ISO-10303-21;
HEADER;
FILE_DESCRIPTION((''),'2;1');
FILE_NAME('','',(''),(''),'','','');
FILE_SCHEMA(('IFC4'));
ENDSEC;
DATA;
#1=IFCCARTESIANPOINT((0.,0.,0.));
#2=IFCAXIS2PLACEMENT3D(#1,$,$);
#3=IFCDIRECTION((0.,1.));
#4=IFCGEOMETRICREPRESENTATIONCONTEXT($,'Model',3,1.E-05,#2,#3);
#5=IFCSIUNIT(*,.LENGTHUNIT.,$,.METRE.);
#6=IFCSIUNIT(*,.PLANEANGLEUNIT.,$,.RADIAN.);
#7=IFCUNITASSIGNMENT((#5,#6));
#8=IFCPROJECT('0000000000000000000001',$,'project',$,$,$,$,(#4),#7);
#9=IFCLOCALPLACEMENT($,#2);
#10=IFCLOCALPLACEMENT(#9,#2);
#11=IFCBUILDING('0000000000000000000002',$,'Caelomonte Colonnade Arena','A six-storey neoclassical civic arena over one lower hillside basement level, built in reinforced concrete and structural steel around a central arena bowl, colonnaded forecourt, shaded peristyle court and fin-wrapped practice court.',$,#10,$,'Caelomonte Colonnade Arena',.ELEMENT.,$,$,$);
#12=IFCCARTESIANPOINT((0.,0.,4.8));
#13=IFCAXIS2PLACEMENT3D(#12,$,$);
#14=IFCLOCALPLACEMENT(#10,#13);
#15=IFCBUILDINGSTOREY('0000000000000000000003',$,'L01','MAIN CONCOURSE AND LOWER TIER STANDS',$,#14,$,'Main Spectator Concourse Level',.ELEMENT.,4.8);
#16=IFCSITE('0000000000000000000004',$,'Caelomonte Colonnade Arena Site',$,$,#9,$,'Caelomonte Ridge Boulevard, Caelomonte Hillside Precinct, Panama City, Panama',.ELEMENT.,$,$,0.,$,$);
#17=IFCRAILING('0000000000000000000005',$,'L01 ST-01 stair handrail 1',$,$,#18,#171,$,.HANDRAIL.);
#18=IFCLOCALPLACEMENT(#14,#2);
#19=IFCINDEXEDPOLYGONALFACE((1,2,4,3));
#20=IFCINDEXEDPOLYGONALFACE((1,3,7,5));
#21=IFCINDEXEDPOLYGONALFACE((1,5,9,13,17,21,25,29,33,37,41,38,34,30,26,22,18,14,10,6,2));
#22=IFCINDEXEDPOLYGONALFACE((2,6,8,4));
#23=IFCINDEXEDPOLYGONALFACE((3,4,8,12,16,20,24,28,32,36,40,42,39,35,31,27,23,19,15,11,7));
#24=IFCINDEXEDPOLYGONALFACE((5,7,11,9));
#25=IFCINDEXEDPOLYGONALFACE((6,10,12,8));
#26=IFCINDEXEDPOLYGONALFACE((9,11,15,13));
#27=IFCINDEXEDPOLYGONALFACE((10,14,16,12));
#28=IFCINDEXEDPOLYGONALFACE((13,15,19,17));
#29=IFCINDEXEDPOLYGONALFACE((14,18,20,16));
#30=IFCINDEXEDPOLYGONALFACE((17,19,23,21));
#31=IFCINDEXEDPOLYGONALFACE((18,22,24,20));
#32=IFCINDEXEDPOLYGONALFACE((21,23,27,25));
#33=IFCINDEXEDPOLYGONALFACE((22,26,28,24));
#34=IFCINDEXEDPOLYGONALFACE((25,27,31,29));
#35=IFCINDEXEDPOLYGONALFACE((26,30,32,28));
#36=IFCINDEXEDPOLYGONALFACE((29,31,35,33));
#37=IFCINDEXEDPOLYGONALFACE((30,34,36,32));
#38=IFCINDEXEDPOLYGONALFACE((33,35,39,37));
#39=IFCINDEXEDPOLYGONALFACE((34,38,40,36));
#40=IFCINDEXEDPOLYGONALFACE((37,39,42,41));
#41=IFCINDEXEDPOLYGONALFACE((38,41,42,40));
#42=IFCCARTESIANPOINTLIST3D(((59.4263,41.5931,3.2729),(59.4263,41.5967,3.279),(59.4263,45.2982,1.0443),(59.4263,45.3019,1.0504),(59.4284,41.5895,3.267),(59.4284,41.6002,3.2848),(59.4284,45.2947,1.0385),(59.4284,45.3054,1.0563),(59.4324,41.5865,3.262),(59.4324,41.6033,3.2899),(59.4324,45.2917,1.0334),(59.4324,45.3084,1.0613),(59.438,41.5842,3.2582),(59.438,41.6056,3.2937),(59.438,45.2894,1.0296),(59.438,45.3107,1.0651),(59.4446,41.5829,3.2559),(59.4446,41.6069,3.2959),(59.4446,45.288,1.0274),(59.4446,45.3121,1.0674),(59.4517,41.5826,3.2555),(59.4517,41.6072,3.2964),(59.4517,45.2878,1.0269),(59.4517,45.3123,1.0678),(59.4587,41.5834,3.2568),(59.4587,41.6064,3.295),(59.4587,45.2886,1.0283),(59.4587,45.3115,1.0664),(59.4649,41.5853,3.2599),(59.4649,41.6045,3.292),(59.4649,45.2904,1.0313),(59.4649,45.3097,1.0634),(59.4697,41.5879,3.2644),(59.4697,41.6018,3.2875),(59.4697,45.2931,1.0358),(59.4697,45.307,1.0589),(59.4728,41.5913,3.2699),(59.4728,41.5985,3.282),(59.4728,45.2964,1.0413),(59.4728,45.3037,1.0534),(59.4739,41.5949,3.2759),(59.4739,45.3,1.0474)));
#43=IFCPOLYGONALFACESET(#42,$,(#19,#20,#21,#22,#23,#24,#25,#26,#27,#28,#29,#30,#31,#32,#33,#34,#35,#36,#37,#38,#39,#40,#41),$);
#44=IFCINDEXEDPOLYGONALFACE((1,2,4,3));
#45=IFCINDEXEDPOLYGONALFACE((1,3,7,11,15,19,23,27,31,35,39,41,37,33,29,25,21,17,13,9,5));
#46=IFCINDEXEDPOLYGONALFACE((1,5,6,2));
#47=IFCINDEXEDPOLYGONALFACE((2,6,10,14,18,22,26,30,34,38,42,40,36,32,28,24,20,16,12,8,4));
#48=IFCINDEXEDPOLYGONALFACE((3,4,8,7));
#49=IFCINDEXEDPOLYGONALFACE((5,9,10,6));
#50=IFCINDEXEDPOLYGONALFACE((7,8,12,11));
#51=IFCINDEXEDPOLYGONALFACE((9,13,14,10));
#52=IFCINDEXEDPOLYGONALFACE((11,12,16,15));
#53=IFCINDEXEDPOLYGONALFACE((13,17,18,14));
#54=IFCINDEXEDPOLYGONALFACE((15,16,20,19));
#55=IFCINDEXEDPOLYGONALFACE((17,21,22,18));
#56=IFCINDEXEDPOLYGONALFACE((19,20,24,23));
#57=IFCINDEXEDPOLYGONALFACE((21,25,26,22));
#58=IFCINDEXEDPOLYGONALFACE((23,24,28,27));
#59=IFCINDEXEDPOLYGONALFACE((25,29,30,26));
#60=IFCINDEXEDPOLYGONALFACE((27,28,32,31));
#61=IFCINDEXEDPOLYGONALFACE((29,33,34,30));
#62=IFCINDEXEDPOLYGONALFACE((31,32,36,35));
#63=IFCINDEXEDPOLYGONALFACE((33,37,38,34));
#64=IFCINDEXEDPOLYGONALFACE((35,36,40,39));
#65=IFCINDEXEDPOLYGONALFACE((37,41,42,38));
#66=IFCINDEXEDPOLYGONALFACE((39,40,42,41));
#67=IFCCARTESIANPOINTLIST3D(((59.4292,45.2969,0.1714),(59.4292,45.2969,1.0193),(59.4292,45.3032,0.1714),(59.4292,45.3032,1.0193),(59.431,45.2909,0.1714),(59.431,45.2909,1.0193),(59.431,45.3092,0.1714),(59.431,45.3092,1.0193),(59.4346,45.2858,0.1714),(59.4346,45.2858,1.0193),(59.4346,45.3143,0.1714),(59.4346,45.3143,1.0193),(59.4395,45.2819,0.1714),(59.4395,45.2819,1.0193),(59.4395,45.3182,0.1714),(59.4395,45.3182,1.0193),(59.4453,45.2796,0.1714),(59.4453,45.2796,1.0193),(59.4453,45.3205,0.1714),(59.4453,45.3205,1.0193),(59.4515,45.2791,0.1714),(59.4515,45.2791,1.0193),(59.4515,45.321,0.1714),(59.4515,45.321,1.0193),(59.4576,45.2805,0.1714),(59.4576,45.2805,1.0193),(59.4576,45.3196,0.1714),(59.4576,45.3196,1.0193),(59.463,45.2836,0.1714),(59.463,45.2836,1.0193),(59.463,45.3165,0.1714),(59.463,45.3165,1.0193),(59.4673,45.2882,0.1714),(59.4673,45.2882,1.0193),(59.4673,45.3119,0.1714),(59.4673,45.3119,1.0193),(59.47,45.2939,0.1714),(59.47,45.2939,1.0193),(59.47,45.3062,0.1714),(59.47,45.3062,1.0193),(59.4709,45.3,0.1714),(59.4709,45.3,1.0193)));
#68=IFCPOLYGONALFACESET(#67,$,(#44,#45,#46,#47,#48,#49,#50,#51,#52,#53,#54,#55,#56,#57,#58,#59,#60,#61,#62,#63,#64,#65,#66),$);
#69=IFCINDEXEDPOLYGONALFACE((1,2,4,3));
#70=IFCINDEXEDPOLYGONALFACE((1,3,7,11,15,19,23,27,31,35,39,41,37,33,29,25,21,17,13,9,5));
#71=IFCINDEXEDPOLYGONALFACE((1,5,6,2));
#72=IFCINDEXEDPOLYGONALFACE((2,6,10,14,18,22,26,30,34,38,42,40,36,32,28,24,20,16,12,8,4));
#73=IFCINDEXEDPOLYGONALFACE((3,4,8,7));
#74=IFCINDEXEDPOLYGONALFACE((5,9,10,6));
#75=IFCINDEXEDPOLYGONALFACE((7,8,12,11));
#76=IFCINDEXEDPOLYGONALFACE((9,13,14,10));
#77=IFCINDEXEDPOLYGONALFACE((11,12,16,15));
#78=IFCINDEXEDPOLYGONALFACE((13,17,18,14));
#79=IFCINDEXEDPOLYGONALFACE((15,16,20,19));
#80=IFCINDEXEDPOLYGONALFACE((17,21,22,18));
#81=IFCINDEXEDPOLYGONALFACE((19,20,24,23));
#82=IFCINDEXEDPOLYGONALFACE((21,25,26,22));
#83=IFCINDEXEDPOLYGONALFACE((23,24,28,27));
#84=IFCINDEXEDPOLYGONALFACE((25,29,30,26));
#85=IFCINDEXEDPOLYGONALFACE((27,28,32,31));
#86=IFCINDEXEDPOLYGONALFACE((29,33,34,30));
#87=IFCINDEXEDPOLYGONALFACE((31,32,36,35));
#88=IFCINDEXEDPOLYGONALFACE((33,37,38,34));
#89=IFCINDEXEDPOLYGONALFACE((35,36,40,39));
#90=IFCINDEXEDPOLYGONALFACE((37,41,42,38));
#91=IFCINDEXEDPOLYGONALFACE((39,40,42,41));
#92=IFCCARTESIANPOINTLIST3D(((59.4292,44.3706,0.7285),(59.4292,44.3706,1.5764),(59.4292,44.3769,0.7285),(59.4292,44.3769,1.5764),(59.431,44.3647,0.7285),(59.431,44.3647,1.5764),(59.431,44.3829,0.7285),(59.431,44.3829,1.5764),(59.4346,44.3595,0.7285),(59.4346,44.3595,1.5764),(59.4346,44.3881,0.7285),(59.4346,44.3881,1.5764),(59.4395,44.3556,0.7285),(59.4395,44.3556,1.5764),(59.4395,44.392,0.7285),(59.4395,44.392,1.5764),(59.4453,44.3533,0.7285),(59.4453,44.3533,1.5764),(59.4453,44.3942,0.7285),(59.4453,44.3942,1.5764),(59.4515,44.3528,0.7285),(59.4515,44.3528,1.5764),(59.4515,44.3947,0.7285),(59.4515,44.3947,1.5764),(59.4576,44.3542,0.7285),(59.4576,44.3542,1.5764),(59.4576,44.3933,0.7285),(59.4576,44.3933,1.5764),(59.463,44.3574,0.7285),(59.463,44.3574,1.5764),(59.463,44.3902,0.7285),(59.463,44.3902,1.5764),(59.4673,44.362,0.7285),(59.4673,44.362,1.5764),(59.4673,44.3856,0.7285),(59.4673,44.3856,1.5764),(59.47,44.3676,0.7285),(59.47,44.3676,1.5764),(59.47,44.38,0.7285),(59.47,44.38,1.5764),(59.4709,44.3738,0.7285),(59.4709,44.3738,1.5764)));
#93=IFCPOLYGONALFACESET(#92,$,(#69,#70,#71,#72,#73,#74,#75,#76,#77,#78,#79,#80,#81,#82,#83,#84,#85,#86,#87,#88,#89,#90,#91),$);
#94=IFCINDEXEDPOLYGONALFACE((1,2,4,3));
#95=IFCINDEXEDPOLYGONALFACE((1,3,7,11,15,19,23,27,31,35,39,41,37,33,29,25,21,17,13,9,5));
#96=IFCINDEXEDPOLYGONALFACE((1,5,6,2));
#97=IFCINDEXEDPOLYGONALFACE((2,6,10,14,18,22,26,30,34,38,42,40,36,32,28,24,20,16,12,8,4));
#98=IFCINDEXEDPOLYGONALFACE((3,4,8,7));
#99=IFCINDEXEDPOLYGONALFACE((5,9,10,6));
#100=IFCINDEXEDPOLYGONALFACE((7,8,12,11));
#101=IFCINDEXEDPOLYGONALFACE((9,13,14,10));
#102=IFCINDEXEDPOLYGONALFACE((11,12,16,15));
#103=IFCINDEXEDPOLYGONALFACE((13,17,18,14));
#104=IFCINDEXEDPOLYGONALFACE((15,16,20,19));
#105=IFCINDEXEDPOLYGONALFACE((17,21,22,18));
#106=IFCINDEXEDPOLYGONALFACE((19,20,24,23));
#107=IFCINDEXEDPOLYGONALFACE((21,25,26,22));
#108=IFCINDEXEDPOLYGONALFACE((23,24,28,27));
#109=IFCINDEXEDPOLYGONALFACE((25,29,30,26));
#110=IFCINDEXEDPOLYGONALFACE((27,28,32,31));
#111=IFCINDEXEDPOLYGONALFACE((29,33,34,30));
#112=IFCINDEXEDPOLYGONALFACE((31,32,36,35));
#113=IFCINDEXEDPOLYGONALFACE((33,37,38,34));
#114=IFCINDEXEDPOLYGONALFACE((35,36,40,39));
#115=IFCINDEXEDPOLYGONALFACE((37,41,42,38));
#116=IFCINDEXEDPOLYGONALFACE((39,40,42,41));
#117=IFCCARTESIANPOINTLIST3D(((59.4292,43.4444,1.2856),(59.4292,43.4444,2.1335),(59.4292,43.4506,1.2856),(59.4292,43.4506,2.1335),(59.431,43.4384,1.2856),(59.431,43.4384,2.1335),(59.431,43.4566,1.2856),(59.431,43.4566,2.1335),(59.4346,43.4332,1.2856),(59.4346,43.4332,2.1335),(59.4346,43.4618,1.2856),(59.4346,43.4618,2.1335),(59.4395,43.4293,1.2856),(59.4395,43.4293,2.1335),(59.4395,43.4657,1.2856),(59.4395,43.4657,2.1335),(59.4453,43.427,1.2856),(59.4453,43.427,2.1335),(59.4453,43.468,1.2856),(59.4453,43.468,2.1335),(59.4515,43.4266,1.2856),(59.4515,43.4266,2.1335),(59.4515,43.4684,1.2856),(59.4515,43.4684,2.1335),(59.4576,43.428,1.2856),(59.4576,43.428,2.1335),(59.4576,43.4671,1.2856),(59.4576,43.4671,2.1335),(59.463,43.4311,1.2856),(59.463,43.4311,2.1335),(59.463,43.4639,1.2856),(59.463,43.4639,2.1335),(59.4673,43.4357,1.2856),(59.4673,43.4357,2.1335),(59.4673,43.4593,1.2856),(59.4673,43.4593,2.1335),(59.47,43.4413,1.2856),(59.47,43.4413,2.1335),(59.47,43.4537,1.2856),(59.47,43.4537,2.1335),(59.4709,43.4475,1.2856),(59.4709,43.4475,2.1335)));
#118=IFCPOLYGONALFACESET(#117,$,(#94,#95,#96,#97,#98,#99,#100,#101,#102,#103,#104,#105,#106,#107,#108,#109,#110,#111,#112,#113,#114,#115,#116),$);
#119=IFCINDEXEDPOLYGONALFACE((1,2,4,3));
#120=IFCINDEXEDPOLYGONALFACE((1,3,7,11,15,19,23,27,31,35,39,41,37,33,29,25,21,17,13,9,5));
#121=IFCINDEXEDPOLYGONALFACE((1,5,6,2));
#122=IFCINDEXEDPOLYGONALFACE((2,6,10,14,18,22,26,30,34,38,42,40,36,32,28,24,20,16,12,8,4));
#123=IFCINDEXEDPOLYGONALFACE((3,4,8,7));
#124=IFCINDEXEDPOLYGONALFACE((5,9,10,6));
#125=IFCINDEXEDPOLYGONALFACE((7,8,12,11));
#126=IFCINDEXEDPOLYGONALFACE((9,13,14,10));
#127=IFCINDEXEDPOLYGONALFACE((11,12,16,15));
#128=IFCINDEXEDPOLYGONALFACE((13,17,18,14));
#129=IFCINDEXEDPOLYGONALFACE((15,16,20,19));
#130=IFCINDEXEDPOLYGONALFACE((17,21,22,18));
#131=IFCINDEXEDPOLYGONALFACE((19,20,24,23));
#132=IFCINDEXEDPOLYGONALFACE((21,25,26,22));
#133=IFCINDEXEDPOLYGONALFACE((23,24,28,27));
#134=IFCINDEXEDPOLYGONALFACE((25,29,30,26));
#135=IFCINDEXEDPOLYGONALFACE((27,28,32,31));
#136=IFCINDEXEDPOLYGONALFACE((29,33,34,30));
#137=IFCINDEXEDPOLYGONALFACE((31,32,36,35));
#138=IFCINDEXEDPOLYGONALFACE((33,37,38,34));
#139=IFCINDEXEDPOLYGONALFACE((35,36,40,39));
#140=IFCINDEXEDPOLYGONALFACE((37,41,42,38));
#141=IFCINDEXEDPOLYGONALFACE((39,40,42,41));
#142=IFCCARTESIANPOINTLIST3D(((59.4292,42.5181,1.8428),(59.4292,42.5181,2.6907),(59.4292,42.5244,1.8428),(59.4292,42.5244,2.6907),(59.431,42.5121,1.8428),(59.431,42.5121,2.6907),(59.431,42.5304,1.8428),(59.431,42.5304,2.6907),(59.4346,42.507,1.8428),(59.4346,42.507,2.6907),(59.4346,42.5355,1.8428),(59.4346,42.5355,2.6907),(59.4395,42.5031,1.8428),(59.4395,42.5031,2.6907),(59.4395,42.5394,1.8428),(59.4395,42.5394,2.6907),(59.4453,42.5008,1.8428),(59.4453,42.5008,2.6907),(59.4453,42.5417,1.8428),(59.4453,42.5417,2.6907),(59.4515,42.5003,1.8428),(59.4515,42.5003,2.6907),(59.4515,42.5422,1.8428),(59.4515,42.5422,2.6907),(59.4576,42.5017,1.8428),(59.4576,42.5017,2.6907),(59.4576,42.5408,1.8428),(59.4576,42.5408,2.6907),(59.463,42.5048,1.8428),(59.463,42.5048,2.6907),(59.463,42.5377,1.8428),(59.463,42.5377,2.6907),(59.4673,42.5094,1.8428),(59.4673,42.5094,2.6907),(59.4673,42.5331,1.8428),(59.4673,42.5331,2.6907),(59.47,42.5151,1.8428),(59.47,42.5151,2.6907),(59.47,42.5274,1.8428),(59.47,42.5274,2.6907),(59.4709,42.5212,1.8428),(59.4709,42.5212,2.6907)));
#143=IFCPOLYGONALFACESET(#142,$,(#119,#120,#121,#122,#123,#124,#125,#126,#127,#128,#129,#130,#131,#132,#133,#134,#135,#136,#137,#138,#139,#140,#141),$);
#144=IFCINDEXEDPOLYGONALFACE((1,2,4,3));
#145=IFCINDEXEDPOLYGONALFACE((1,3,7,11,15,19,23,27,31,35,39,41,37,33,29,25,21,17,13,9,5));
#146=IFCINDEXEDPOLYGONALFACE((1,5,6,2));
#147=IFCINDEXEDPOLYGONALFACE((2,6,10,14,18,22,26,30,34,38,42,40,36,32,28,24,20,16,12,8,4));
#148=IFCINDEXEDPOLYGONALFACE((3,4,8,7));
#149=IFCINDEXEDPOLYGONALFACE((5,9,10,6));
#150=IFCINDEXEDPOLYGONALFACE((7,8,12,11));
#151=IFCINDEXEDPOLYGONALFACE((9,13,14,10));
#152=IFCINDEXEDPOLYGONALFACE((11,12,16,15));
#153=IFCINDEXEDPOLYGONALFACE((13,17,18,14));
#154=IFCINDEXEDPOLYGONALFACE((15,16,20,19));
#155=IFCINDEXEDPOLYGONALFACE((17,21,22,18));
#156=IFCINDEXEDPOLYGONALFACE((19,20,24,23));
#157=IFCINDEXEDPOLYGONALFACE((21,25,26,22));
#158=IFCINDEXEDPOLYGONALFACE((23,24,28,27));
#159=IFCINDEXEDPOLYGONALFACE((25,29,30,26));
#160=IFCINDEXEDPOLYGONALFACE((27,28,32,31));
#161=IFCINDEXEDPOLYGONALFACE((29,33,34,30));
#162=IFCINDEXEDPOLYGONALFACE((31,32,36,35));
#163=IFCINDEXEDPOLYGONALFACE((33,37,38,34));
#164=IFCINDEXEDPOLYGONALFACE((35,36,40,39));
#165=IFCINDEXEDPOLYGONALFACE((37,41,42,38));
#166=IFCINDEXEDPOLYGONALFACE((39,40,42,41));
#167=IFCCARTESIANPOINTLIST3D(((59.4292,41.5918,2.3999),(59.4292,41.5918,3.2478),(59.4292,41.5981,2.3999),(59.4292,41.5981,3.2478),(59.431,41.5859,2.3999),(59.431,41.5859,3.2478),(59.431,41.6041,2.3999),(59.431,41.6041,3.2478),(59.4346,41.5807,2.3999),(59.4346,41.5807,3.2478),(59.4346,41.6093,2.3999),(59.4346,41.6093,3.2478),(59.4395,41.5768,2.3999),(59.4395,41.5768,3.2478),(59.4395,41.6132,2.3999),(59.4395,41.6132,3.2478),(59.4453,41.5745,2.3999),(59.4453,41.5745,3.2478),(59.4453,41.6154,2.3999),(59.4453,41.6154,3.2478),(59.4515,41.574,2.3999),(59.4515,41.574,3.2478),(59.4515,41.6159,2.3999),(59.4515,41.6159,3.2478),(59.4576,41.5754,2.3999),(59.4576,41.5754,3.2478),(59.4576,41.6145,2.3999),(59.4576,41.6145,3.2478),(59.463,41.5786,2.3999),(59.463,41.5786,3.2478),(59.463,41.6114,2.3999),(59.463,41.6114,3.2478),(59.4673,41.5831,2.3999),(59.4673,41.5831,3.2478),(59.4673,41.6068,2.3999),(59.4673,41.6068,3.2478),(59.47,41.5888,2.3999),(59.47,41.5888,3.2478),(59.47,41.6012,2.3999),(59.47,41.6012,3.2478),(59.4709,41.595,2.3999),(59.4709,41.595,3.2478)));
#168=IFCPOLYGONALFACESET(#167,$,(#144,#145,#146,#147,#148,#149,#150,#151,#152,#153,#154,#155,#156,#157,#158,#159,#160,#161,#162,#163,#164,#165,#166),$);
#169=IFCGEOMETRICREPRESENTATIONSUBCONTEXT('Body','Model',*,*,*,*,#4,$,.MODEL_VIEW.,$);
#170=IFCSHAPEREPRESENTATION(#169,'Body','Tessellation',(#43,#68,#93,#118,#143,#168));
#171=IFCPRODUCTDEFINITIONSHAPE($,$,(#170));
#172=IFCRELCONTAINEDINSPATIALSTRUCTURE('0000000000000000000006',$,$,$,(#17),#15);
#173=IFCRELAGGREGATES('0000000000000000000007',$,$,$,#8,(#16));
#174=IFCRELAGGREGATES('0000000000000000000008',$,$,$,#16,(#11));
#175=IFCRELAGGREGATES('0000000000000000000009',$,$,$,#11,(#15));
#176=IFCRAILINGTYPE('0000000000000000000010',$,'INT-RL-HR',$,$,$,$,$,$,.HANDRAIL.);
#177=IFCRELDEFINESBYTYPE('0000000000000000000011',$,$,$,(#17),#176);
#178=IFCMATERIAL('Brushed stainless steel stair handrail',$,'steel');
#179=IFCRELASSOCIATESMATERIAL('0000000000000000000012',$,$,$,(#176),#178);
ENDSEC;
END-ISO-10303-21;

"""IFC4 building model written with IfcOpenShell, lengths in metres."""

from ifc_helpers import new_model, si_unit, direction, frame, origin, origin_2d, place, context, subcontext, project, spatial, circle, extrude, material, type_object, element, save


model = new_model("IFC4")

# Units and contexts
model_context = context("Model", 3, precision=1e-05, world=origin(), true_north=direction((0.0, 1.0)))
body_context = subcontext(model_context, "Body", "Model", "MODEL_VIEW")
ifc_project = project(units=[si_unit("LENGTHUNIT", "METRE"), si_unit("PLANEANGLEUNIT", "RADIAN")], contexts=[model_context])

# Site, building, storey
site_placement = place(None, origin())
site = spatial("IfcSite", under=ifc_project, at=site_placement, Name="Caelomonte Colonnade Arena Site", LongName="Caelomonte Ridge Boulevard, Caelomonte Hillside Precinct, Panama City, Panama", CompositionType="ELEMENT", RefElevation=0.0)
building_placement = place(site_placement, origin())
building = spatial("IfcBuilding", under=site, at=building_placement, Name="Caelomonte Colonnade Arena", Description="A six-storey neoclassical civic arena over one lower hillside basement level, built in reinforced concrete and structural steel around a central arena bowl, colonnaded forecourt, shaded peristyle court and fin-wrapped practice court.", LongName="Caelomonte Colonnade Arena", CompositionType="ELEMENT")
storey_placement = place(building_placement, frame((0.0, 0.0, 4.8)))
storey = spatial("IfcBuildingStorey", under=building, at=storey_placement, Name="L01", Description="MAIN CONCOURSE AND LOWER TIER STANDS", LongName="Main Spectator Concourse Level", CompositionType="ELEMENT", Elevation=4.8)

# Railing
ifc_material_1 = material(Name="Brushed stainless steel stair handrail", Category="steel")
railing_type_1 = type_object("IfcRailingType", Name="INT-RL-HR", PredefinedType="HANDRAIL", material=ifc_material_1)
railing_1_placement = place(storey_placement, frame((59.45, 45.3, 0.1714)))
element("IfcRailing", 1, at=railing_1_placement, inside=storey, type_object=railing_type_1, Name="L01 ST-01 stair handrail 1", PredefinedType="HANDRAIL", context=body_context, shape_type="SweptSolid", body=[
    extrude(circle(Radius=0.0239, at=origin_2d()), frame((0.0, 0.0, 0.876), z_axis=(0.0, -0.856934, 0.515425), x_axis=(1.0, 0.0, 0.0)), (0.0, 0.0, 1.0), 4.3237),
    extrude(circle(Radius=0.021, at=origin_2d()), origin(), (0.0, 0.0, 1.0), 0.8479),
    extrude(circle(Radius=0.021, at=origin_2d()), frame((0.0, -0.9263, 0.5571)), (0.0, 0.0, 1.0), 0.8479),
    extrude(circle(Radius=0.021, at=origin_2d()), frame((0.0, -1.8525, 1.1143)), (0.0, 0.0, 1.0), 0.8479),
    extrude(circle(Radius=0.021, at=origin_2d()), frame((0.0, -2.7788, 1.6714)), (0.0, 0.0, 1.0), 0.8479),
    extrude(circle(Radius=0.021, at=origin_2d()), frame((0.0, -3.7051, 2.2285)), (0.0, 0.0, 1.0), 0.8479),
])

save(model, "model.ifc")
